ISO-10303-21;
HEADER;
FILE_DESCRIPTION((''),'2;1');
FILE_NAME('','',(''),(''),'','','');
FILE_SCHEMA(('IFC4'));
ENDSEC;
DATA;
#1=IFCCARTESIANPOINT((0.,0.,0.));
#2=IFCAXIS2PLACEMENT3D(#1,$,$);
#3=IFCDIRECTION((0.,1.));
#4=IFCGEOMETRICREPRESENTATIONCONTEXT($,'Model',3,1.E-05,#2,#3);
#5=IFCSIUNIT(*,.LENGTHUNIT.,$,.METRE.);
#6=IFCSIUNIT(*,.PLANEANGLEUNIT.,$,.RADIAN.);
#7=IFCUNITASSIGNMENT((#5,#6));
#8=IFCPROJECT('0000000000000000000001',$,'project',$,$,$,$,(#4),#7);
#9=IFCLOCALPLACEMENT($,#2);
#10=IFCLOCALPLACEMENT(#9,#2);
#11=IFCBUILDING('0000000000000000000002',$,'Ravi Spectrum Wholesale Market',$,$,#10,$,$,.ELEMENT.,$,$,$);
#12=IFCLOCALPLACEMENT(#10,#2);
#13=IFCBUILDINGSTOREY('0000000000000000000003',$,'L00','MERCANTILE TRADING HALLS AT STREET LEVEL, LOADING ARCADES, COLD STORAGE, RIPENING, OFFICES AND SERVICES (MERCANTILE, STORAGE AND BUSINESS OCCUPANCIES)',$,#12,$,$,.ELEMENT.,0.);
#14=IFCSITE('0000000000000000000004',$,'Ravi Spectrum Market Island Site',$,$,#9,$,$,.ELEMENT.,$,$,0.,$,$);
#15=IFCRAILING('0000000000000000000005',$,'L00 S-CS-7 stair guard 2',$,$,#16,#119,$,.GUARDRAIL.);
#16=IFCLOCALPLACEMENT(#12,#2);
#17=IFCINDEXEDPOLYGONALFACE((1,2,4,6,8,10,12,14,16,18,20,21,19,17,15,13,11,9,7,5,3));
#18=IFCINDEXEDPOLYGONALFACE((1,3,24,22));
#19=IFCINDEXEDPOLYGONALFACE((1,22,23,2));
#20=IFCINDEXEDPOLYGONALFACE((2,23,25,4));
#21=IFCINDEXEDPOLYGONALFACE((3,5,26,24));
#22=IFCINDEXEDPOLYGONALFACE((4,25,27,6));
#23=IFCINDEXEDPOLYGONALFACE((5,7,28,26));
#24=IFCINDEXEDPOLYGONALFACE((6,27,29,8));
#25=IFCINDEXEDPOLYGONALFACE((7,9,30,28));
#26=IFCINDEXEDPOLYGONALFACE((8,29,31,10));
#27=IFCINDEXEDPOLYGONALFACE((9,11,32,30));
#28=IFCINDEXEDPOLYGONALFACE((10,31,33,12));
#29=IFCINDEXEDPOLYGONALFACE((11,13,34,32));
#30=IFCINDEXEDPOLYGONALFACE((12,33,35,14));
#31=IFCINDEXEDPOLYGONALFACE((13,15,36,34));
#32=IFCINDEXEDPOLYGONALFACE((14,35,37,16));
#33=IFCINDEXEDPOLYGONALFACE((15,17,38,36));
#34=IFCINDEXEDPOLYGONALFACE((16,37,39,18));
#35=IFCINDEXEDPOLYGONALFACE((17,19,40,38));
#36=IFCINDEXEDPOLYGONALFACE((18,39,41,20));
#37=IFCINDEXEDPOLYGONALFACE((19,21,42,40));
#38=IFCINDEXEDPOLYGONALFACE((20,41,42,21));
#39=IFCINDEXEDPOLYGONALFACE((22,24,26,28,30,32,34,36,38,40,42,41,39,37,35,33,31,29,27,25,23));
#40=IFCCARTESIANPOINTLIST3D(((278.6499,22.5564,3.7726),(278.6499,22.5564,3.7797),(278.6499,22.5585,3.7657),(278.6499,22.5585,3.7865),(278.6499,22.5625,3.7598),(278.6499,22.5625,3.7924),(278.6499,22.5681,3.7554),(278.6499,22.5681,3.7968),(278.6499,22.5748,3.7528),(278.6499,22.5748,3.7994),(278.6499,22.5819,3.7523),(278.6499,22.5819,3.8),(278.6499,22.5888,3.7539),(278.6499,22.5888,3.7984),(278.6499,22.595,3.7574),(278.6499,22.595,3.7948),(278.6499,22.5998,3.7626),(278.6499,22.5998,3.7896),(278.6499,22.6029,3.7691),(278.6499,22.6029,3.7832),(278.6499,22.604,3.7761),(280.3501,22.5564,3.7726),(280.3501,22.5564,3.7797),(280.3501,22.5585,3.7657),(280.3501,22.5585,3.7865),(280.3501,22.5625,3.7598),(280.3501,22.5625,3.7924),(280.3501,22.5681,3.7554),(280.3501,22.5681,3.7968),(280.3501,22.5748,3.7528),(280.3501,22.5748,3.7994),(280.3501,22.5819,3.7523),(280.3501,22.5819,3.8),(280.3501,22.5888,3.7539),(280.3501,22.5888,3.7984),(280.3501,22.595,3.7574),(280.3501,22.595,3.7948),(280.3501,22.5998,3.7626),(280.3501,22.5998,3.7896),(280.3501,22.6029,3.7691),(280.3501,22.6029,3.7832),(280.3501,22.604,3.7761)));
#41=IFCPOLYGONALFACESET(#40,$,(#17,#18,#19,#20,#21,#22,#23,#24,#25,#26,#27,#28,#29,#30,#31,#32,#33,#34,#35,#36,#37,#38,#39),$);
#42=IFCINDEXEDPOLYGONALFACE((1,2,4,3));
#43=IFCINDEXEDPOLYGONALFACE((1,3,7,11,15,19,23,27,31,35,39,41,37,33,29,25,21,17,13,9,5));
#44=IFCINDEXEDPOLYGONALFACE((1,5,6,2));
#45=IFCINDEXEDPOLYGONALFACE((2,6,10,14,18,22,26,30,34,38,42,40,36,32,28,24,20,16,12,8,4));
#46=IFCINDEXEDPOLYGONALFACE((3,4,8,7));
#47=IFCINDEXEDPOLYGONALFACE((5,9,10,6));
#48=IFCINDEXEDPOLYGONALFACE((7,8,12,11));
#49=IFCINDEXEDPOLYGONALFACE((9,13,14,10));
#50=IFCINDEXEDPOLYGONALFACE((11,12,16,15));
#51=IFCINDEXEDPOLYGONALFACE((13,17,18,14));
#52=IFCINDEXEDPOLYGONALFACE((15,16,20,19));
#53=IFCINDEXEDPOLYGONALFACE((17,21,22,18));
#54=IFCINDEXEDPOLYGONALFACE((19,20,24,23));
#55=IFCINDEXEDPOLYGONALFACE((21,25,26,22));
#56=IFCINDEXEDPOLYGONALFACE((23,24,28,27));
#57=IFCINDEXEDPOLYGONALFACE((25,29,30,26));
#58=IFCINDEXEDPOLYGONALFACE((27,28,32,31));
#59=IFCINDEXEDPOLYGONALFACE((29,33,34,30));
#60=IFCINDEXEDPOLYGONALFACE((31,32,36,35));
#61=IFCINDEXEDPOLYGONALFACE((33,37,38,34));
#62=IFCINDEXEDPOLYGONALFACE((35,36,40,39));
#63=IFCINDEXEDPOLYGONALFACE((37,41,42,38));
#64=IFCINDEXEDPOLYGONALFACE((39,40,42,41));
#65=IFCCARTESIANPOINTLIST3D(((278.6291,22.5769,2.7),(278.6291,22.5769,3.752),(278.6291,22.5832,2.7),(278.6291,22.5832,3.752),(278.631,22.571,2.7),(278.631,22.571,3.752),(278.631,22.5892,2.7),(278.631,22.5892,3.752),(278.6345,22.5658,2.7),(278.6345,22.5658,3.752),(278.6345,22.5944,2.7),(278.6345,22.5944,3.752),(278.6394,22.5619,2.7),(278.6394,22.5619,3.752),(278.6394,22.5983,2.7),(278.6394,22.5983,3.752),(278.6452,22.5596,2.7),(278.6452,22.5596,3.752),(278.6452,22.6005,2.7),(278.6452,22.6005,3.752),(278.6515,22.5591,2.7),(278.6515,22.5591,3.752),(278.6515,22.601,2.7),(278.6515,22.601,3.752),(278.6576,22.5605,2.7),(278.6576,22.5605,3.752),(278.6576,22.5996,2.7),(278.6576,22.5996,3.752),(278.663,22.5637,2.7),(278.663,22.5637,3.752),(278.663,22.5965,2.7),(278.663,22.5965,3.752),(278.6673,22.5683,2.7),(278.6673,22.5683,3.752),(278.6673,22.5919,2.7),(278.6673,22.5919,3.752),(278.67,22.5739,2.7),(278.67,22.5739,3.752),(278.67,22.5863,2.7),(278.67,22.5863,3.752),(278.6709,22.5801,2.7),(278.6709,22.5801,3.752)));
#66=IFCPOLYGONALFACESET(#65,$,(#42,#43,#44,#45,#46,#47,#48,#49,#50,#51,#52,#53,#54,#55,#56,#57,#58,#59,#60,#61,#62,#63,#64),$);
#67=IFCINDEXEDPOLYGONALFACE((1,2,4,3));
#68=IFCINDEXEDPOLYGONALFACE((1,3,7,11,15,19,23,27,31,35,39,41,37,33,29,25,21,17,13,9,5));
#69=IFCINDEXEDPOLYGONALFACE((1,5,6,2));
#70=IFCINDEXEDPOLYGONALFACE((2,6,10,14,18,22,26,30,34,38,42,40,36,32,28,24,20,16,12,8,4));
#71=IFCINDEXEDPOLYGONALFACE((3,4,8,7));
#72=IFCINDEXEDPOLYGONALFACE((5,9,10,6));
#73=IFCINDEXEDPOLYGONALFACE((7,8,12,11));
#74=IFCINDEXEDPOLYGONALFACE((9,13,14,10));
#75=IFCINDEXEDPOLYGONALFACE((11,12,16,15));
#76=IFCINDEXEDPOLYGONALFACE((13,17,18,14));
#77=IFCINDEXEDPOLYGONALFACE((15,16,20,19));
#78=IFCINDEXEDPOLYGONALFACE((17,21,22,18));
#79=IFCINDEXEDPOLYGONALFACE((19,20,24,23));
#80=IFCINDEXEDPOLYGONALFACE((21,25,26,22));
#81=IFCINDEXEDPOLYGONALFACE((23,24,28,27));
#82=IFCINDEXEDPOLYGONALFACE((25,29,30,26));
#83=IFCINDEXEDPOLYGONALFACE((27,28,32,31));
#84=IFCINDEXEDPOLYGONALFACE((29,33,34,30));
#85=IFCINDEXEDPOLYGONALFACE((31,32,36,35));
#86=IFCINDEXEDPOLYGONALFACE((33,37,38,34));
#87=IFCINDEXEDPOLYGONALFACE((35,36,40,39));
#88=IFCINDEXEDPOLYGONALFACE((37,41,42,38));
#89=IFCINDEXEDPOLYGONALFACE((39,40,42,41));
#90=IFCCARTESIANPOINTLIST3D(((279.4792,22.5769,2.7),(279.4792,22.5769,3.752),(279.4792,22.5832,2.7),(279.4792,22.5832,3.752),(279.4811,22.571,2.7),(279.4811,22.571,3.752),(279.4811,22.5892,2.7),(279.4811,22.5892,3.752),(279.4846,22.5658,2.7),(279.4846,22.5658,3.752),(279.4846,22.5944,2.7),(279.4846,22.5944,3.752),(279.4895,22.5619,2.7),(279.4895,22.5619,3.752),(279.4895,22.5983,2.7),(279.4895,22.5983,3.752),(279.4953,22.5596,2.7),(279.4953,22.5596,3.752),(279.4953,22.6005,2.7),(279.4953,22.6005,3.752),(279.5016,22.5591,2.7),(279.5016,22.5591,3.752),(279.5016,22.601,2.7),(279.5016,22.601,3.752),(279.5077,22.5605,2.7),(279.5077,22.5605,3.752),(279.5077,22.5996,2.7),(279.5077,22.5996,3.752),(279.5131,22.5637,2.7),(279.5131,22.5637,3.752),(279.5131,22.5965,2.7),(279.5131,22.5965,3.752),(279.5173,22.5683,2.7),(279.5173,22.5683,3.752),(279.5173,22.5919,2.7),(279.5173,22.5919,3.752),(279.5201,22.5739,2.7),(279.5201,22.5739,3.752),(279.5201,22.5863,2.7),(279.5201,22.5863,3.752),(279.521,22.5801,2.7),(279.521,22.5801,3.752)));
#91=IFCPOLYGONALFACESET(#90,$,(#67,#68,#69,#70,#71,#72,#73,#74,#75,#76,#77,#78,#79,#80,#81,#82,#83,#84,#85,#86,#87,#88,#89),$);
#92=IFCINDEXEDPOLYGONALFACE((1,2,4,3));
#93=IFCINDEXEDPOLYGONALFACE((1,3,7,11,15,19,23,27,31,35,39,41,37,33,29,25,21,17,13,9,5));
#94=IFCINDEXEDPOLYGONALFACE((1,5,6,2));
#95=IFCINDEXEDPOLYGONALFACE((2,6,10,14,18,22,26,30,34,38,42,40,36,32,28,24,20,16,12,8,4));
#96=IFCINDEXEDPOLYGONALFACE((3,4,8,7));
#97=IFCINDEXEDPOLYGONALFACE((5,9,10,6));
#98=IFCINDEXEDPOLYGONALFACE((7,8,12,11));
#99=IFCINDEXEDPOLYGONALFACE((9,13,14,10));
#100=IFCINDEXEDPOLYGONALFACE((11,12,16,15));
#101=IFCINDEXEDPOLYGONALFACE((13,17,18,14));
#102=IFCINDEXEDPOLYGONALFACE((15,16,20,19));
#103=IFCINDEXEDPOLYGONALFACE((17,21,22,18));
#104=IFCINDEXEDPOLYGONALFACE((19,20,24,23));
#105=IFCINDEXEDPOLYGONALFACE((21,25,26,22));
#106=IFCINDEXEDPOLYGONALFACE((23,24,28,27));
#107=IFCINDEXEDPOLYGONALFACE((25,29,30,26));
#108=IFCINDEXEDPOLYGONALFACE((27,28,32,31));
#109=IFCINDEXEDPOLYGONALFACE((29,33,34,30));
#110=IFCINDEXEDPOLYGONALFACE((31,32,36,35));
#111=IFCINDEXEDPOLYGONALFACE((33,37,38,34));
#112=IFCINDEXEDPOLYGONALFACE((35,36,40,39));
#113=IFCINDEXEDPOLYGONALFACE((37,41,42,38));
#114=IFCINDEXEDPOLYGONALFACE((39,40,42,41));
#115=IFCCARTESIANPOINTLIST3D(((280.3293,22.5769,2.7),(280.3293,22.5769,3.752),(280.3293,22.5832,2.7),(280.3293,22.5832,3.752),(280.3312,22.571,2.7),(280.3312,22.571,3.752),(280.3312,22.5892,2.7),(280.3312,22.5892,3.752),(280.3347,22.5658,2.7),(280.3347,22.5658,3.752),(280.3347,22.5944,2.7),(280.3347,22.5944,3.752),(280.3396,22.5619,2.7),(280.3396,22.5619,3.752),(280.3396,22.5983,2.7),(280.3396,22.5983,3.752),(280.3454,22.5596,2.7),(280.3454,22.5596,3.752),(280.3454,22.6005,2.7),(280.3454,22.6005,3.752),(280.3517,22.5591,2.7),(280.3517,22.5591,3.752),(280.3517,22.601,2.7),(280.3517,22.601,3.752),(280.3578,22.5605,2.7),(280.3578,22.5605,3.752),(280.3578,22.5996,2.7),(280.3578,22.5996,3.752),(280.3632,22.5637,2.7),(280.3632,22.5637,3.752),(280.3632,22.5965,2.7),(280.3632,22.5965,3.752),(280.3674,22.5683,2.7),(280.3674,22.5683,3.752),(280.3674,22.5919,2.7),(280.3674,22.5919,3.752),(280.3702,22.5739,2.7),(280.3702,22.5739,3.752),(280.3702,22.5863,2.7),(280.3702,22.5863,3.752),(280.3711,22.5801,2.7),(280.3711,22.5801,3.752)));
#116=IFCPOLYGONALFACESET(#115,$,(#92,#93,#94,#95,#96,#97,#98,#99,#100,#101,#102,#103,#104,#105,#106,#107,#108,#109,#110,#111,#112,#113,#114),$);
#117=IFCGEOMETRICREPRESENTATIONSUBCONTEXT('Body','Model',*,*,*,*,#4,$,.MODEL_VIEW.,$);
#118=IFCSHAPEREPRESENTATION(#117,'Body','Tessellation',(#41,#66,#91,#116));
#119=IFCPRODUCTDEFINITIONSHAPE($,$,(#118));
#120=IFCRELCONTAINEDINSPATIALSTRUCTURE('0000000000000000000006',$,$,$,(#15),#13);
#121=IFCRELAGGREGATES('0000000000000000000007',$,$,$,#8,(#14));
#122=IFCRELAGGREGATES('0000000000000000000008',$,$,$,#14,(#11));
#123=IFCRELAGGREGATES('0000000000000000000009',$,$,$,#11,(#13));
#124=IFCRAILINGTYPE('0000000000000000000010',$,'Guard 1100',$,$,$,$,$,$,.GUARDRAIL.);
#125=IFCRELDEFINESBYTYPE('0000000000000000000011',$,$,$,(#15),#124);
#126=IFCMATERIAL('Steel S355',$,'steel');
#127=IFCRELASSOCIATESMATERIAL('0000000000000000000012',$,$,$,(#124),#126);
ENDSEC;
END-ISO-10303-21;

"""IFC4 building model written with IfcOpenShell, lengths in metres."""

from ifc_helpers import new_model, si_unit, direction, frame, origin, origin_2d, place, context, subcontext, project, spatial, circle, extrude, material, type_object, element, save


model = new_model("IFC4")

# Units and contexts
model_context = context("Model", 3, precision=1e-05, world=origin(), true_north=direction((0.0, 1.0)))
body_context = subcontext(model_context, "Body", "Model", "MODEL_VIEW")
ifc_project = project(units=[si_unit("LENGTHUNIT", "METRE"), si_unit("PLANEANGLEUNIT", "RADIAN")], contexts=[model_context])

# Site, building, storey
site_placement = place(None, origin())
site = spatial("IfcSite", under=ifc_project, at=site_placement, Name="Ravi Spectrum Market Island Site", CompositionType="ELEMENT", RefElevation=0.0)
building_placement = place(site_placement, origin())
building = spatial("IfcBuilding", under=site, at=building_placement, Name="Ravi Spectrum Wholesale Market", CompositionType="ELEMENT")
storey_placement = place(building_placement, origin())
storey = spatial("IfcBuildingStorey", under=building, at=storey_placement, Name="L00", Description="MERCANTILE TRADING HALLS AT STREET LEVEL, LOADING ARCADES, COLD STORAGE, RIPENING, OFFICES AND SERVICES (MERCANTILE, STORAGE AND BUSINESS OCCUPANCIES)", CompositionType="ELEMENT", Elevation=0.0)

# Railing
ifc_material_1 = material(Name="Steel S355", Category="steel")
railing_type = type_object("IfcRailingType", Name="Guard 1100", PredefinedType="GUARDRAIL", material=ifc_material_1)
railing_1_placement = place(storey_placement, frame((278.6499, 22.5801, 2.7)))
element("IfcRailing", 1, at=railing_1_placement, inside=storey, type_object=railing_type, Name="L00 S-CS-7 stair guard 2", PredefinedType="GUARDRAIL", context=body_context, shape_type="SweptSolid", body=[
    extrude(circle(Radius=0.0239, at=origin_2d()), frame((0.0, 0.0, 1.0762), z_axis=(1.0, 0.0, 0.0), x_axis=(0.0, 1.0, 0.0)), (0.0, 0.0, 1.0), 1.7002),
    extrude(circle(Radius=0.021, at=origin_2d()), origin(), (0.0, 0.0, 1.0), 1.052),
    extrude(circle(Radius=0.021, at=origin_2d()), frame((0.8501, 0.0, 0.0)), (0.0, 0.0, 1.0), 1.052),
    extrude(circle(Radius=0.021, at=origin_2d()), frame((1.7002, 0.0, 0.0)), (0.0, 0.0, 1.0), 1.052),
])

save(model, "model.ifc")
